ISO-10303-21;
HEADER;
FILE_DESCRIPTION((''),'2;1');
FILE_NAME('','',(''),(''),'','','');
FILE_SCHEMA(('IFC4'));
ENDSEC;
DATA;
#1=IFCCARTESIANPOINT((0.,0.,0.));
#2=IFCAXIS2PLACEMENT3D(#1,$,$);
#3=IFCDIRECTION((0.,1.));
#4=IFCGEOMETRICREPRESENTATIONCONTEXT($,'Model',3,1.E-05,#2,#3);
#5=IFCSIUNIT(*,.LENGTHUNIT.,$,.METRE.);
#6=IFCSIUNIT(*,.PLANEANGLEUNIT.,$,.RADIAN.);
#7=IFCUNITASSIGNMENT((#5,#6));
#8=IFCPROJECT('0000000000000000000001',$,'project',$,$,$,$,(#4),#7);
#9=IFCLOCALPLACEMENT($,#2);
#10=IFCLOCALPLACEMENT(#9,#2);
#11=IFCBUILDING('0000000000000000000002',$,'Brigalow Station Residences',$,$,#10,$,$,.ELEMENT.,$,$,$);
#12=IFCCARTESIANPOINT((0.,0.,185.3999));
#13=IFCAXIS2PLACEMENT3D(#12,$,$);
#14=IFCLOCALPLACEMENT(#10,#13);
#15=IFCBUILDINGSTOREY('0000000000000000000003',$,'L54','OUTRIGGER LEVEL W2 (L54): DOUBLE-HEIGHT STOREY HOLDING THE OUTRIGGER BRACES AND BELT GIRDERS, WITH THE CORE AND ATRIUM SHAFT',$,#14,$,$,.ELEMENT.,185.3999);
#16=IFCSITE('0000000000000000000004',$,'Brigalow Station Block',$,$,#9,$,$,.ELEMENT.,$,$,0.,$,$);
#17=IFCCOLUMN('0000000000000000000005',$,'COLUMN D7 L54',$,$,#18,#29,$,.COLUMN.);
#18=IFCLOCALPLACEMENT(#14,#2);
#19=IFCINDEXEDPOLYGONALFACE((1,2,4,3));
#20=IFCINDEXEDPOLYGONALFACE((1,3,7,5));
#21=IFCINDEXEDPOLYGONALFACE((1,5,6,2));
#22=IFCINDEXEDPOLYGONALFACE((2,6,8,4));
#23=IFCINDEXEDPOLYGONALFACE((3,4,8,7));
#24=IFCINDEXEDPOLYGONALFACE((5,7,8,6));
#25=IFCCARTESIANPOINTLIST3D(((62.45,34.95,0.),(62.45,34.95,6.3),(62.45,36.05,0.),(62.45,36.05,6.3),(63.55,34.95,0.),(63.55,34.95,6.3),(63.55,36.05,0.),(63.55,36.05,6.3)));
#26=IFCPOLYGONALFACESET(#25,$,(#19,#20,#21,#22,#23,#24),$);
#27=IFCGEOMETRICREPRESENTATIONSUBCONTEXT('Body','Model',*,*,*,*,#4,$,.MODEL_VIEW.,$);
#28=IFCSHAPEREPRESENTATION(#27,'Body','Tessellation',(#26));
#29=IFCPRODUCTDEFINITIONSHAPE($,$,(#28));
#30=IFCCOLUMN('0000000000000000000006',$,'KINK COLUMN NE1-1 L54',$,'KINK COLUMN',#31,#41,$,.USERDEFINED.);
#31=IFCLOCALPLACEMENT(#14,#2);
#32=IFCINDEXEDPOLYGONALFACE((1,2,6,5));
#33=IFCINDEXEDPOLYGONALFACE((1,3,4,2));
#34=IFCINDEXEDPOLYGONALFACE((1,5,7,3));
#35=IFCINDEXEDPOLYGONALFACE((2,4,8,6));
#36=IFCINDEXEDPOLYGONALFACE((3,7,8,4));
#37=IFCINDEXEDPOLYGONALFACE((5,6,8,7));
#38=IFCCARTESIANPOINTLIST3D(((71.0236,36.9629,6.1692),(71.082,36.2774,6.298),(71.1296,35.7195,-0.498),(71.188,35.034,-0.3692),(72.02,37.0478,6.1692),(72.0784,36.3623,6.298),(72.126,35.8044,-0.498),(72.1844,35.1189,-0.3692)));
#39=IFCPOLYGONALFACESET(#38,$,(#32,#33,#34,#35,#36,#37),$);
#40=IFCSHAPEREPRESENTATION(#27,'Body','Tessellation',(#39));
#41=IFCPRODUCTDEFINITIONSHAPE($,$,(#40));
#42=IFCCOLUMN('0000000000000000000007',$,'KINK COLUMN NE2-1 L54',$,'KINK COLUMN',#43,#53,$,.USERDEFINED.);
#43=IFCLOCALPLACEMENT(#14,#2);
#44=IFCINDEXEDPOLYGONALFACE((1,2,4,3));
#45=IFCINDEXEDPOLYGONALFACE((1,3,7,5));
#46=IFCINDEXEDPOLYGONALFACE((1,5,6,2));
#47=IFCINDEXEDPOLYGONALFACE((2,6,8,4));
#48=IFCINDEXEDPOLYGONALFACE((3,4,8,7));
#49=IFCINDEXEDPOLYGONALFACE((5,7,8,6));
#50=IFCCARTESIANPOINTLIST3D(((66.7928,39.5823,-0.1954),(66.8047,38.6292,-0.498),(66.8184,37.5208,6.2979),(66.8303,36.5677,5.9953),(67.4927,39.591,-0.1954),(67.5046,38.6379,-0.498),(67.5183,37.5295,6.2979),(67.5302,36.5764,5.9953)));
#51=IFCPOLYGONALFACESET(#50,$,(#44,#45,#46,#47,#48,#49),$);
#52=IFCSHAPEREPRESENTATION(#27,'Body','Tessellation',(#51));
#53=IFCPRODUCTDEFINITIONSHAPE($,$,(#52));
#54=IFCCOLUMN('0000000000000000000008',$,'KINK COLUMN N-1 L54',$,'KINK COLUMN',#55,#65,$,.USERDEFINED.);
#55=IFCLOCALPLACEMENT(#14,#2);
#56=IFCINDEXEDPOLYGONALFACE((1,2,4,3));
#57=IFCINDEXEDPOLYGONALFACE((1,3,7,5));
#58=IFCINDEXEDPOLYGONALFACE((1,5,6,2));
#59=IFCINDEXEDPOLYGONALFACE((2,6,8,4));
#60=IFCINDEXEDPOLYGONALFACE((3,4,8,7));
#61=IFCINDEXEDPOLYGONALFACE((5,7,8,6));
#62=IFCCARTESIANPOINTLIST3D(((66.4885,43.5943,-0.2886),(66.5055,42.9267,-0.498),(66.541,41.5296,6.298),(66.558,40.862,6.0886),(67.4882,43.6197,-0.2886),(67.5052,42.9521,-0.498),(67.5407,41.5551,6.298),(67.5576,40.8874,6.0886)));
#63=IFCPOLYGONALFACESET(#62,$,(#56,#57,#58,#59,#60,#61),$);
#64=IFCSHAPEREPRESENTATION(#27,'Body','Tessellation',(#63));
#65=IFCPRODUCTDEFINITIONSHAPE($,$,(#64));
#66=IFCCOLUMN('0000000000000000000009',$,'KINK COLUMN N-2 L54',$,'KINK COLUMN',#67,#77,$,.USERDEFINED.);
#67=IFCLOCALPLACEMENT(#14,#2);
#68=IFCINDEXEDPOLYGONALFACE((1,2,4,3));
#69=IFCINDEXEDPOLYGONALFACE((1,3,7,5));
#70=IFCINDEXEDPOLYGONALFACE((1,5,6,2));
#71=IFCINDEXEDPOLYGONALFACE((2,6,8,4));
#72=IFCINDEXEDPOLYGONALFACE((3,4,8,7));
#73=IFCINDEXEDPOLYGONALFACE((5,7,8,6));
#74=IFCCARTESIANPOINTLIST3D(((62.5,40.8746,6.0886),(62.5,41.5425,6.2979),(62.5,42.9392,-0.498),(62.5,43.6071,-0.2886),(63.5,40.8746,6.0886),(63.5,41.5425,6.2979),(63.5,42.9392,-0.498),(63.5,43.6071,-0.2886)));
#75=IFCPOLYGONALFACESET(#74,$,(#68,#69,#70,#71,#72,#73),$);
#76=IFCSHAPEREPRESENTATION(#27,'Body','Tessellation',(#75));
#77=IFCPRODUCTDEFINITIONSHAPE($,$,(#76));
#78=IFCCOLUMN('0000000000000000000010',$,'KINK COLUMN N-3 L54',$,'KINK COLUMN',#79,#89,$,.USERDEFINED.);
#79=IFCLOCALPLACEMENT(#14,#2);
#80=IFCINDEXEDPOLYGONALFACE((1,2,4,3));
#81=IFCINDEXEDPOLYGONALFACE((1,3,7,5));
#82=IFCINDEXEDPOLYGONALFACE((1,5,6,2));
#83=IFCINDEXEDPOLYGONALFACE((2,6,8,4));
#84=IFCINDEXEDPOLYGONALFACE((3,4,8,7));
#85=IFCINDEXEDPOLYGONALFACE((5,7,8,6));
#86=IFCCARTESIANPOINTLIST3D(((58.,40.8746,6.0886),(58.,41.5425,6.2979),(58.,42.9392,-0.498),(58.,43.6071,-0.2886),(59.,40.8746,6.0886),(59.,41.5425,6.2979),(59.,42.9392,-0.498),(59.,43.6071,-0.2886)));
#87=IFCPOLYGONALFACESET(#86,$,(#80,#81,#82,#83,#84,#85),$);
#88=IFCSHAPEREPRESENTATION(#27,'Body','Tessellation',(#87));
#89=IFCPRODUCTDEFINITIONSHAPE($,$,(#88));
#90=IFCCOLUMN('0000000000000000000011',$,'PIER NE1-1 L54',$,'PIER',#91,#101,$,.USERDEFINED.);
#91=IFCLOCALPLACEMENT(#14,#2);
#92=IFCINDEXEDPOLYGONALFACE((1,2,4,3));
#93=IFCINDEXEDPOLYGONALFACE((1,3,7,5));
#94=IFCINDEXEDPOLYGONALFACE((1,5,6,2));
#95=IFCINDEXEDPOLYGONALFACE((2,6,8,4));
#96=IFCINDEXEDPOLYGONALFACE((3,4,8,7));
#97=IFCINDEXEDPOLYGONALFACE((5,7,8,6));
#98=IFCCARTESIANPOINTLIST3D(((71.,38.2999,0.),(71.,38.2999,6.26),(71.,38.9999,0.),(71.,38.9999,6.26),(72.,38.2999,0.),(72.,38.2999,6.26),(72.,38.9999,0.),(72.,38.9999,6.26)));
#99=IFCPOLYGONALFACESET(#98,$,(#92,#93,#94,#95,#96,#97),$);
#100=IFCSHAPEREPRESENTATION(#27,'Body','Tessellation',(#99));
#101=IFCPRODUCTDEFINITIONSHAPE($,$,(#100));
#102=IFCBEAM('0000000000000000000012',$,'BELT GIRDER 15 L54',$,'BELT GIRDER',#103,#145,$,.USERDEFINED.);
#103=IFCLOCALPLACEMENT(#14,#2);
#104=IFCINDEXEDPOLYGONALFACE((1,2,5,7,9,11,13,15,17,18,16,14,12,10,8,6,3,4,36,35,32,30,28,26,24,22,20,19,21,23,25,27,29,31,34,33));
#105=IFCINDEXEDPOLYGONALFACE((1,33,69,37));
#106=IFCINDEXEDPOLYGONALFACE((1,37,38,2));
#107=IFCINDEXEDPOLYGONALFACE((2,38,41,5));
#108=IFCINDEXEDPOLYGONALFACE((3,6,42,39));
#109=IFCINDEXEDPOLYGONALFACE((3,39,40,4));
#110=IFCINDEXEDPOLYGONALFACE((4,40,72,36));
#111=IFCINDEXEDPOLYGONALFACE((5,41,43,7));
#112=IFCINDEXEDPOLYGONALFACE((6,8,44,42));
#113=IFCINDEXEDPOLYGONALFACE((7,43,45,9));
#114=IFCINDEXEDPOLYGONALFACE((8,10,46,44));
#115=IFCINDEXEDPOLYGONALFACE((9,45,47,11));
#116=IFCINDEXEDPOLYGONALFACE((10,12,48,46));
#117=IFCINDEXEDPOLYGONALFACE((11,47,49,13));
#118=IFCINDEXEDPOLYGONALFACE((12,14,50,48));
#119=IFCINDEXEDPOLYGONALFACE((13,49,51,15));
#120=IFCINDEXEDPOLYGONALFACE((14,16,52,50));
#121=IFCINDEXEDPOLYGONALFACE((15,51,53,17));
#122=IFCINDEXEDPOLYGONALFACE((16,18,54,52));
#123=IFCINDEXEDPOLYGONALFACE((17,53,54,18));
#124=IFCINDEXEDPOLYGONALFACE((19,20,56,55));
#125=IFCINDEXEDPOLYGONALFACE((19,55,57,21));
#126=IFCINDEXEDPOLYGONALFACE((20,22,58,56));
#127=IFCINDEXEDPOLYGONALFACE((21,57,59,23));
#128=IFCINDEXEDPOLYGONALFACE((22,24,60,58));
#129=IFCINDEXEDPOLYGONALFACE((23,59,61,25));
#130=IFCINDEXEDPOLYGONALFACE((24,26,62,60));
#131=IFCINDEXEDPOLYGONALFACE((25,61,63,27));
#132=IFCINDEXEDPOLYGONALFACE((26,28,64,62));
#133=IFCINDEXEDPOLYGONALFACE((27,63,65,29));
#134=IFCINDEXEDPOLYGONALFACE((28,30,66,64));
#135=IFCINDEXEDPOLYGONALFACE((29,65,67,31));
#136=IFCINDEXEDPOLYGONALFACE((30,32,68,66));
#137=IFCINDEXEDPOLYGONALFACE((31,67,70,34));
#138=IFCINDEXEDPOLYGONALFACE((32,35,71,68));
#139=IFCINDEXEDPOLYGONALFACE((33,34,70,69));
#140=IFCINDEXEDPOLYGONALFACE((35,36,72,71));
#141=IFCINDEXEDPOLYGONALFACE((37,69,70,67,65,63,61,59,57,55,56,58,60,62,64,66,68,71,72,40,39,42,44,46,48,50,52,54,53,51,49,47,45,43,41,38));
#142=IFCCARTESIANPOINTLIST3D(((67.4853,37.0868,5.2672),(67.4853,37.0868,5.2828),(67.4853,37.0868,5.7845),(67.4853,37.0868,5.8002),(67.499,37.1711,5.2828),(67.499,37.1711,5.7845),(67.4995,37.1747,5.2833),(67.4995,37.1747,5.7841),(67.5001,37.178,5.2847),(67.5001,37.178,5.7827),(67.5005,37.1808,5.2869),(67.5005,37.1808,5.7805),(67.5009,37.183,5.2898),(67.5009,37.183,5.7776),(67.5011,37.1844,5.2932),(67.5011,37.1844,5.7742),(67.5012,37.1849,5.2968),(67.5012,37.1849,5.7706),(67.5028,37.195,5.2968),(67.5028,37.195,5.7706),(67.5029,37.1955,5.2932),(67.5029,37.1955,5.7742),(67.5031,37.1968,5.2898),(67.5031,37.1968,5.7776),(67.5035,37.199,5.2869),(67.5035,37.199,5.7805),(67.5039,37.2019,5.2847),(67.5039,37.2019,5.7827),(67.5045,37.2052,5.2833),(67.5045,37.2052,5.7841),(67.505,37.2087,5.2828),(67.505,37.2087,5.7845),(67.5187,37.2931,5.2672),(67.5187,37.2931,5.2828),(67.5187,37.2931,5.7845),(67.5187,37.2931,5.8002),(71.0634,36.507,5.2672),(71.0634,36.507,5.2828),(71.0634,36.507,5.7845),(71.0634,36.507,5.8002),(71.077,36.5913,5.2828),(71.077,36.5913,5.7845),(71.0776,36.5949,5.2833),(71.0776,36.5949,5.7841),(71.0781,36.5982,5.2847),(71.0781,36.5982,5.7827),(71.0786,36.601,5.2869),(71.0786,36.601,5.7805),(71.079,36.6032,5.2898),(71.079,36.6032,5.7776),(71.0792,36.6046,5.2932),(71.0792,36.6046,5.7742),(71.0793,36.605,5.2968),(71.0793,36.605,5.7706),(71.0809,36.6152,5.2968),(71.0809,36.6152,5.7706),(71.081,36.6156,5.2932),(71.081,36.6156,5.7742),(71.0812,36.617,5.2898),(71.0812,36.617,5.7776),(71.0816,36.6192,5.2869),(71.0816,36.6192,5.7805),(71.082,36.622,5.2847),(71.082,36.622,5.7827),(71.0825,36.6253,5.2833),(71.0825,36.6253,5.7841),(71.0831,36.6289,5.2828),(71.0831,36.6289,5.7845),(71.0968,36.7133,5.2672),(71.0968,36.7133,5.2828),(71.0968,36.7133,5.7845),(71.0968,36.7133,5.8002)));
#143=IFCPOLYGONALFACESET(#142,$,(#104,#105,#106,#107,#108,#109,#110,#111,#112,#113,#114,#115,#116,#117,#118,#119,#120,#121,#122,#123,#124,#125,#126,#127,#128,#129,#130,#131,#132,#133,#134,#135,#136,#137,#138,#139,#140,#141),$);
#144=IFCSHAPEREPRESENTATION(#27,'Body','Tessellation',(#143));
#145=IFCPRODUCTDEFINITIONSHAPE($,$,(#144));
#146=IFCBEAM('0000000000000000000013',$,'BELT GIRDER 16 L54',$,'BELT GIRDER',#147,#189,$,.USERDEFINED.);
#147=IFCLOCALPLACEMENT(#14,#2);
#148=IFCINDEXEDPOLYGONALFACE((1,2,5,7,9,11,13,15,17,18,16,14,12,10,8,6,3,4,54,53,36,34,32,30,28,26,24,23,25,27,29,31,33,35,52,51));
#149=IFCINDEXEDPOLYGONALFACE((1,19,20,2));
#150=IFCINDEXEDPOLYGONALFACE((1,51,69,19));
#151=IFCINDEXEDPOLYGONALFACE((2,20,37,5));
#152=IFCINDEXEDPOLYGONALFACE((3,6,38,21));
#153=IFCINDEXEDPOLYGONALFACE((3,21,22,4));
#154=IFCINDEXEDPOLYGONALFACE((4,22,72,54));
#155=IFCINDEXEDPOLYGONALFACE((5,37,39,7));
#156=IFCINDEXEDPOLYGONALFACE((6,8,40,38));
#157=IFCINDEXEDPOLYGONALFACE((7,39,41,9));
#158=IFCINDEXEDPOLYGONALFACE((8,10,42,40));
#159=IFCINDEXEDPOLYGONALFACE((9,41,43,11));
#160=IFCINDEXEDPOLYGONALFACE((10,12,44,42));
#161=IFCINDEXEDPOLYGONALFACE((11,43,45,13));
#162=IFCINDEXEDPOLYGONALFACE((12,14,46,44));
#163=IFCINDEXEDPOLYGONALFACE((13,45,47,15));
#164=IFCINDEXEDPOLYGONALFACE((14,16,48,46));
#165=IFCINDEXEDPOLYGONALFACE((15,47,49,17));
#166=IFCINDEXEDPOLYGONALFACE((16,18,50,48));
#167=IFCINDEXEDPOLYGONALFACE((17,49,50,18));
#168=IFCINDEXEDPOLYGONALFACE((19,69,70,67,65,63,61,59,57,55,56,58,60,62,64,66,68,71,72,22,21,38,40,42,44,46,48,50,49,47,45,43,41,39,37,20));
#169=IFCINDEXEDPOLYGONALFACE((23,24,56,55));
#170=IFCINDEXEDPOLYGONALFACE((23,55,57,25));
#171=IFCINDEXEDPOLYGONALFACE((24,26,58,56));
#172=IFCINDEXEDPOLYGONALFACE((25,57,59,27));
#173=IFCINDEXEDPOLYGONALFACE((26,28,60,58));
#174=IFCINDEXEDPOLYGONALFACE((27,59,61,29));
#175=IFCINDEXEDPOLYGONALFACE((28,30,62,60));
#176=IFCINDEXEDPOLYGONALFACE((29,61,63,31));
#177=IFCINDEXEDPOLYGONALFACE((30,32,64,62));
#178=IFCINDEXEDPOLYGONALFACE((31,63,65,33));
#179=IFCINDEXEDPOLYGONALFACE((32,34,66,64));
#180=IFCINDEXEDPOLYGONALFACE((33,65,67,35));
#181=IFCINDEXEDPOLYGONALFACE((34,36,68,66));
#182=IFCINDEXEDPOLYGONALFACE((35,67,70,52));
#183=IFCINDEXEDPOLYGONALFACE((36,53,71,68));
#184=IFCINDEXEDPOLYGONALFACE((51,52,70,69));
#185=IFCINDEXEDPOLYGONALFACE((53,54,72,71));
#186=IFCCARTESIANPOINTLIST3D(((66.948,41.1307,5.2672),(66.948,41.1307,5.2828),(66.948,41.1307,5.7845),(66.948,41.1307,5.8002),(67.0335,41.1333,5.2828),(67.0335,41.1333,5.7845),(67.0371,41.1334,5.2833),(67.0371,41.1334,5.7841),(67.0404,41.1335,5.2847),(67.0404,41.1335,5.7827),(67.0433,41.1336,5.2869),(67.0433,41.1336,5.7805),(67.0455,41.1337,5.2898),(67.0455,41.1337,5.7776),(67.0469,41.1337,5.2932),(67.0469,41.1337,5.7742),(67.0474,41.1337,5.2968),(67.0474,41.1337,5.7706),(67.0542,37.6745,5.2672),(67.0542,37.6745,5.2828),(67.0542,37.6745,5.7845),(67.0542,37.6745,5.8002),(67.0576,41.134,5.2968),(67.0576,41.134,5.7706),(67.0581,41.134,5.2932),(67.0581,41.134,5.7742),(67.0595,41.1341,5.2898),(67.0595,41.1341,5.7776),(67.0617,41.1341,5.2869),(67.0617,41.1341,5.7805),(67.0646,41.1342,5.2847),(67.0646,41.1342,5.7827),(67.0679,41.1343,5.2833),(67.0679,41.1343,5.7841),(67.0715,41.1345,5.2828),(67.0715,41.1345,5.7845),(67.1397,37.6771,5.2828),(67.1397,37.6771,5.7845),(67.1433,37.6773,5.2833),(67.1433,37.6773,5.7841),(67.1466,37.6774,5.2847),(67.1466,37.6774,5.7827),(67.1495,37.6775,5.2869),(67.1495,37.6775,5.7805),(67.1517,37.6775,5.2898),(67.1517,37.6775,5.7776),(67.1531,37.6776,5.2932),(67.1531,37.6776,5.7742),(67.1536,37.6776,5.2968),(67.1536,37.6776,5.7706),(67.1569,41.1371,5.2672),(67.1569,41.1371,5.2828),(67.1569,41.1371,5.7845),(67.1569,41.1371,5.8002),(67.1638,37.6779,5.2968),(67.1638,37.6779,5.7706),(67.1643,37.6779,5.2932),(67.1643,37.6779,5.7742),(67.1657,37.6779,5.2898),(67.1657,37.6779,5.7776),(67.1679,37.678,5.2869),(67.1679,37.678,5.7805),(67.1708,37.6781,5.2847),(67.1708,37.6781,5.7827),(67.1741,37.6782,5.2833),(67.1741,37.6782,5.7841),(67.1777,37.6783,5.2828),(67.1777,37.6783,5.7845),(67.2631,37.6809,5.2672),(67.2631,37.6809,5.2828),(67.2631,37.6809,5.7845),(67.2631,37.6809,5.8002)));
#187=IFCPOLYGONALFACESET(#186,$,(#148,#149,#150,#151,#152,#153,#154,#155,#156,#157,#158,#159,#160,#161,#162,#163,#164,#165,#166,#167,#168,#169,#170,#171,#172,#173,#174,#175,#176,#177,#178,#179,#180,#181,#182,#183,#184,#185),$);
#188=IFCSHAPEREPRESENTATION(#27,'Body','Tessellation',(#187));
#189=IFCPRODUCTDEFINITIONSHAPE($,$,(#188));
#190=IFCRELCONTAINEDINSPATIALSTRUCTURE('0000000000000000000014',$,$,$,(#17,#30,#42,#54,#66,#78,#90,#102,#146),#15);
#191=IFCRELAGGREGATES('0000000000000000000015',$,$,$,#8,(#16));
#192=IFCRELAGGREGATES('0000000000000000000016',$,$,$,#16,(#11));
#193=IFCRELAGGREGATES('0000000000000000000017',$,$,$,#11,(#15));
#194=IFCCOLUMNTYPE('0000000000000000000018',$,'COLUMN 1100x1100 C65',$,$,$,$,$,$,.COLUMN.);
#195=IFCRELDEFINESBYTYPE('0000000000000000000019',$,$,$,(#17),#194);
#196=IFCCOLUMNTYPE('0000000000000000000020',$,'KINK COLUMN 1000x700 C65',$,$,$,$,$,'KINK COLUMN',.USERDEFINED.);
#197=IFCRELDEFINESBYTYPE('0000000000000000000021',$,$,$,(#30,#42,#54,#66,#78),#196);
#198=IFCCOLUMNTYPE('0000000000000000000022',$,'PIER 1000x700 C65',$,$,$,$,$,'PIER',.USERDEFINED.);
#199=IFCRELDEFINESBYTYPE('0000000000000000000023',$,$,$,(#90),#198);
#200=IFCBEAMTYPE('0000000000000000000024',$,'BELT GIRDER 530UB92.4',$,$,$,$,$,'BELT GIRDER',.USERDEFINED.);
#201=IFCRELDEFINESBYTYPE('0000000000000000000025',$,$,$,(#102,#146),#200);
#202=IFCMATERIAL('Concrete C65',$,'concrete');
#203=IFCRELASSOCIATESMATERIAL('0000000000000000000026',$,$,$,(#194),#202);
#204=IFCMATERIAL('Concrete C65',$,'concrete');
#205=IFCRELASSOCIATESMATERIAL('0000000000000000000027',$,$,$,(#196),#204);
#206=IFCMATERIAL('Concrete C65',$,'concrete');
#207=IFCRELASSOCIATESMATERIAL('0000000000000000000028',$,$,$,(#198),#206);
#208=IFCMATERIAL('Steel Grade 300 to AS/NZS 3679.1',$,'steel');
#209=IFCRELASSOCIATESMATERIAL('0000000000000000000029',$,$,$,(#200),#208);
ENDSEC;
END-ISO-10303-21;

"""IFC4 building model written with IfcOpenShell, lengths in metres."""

from ifc_helpers import new_model, si_unit, direction, frame, origin, origin_2d, place, context, subcontext, project, spatial, rectangle, i_section, extrude, material, material_profile, profile_set, type_object, element, save


model = new_model("IFC4")

# Units and contexts
model_context = context("Model", 3, precision=1e-05, world=origin(), true_north=direction((0.0, 1.0)))
body_context = subcontext(model_context, "Body", "Model", "MODEL_VIEW")
ifc_project = project(units=[si_unit("LENGTHUNIT", "METRE"), si_unit("PLANEANGLEUNIT", "RADIAN")], contexts=[model_context])

# Site, building, storey
site_placement = place(None, origin())
site = spatial("IfcSite", under=ifc_project, at=site_placement, Name="Brigalow Station Block", CompositionType="ELEMENT", RefElevation=0.0)
building_placement = place(site_placement, origin())
building = spatial("IfcBuilding", under=site, at=building_placement, Name="Brigalow Station Residences", CompositionType="ELEMENT")
storey_placement = place(building_placement, frame((0.0, 0.0, 185.3999)))
storey = spatial("IfcBuildingStorey", under=building, at=storey_placement, Name="L54", Description="OUTRIGGER LEVEL W2 (L54): DOUBLE-HEIGHT STOREY HOLDING THE OUTRIGGER BRACES AND BELT GIRDERS, WITH THE CORE AND ATRIUM SHAFT", CompositionType="ELEMENT", Elevation=185.3999)

# Columns
ifc_material_1 = material(Name="Concrete C65", Category="concrete")
ifc_material_profile_1 = material_profile(ifc_material_1, rectangle(XDim=1.1001, YDim=1.1001, at=origin_2d()), Name="RC1100x1100")
ifc_profile_set_1 = profile_set([ifc_material_profile_1], Name="Concrete C65")
column_type_1 = type_object("IfcColumnType", Name="COLUMN 1100x1100 C65", PredefinedType="COLUMN", material=ifc_profile_set_1)
column_1_placement = place(storey_placement, frame((63.0, 35.5, 0.0), z_axis=(0.0, 0.0, 1.0), x_axis=(1.0, 0.0, 0.0)))
element("IfcColumn", 1, at=column_1_placement, inside=storey, type_object=column_type_1, Name="COLUMN D7 L54", PredefinedType="COLUMN", context=body_context, shape_type="SweptSolid", body=[
    extrude(rectangle(XDim=1.1001, YDim=1.1001, at=origin_2d()), origin(), (0.0, 0.0, 1.0), 6.3),
])
ifc_material_2 = material(Name="Concrete C65", Category="concrete")
ifc_material_profile_2 = material_profile(ifc_material_2, rectangle(XDim=1.0, YDim=0.7, at=origin_2d()), Name="RC1000x700")
ifc_profile_set_2 = profile_set([ifc_material_profile_2], Name="Concrete C65")
column_type_2 = type_object("IfcColumnType", Name="KINK COLUMN 1000x700 C65", ElementType="KINK COLUMN", PredefinedType="USERDEFINED", material=ifc_profile_set_2)
column_2_placement = place(storey_placement, frame((71.657, 35.4192, -0.4336), z_axis=(-0.015621, 0.183312, 0.982931), x_axis=(-0.996389, -0.084907, 0.0)))
element("IfcColumn", 2, at=column_2_placement, inside=storey, type_object=column_type_2, Name="KINK COLUMN NE1-1 L54", ObjectType="KINK COLUMN", PredefinedType="USERDEFINED", context=body_context, shape_type="SweptSolid", body=[
    extrude(rectangle(XDim=1.0, YDim=0.7, at=origin_2d()), origin(), (0.0, 0.0, 1.0), 6.783),
])
column_3_placement = place(storey_placement, frame((67.1487, 39.1101, -0.3467), z_axis=(0.003763, -0.302594, 0.953112), x_axis=(-0.011851, 0.953039, 0.302617)))
element("IfcColumn", 3, at=column_3_placement, inside=storey, type_object=column_type_2, Name="KINK COLUMN NE2-1 L54", ObjectType="KINK COLUMN", PredefinedType="USERDEFINED", context=body_context, shape_type="SweptSolid", body=[
    extrude(rectangle(XDim=1.0, YDim=0.7, at=origin_2d()), origin(), (0.0, 0.0, 1.0), 6.8127),
])
column_4_placement = place(storey_placement, frame((66.9968, 43.2732, -0.3933), z_axis=(0.007604, -0.299106, 0.95419), x_axis=(0.999677, 0.025415, 0.0)))
element("IfcColumn", 4, at=column_4_placement, inside=storey, type_object=column_type_2, Name="KINK COLUMN N-1 L54", ObjectType="KINK COLUMN", PredefinedType="USERDEFINED", context=body_context, shape_type="SweptSolid", body=[
    extrude(rectangle(XDim=1.0, YDim=0.7, at=origin_2d()), origin(), (0.0, 0.0, 1.0), 6.9028),
])
for number, where, z_axis, x_axis, name in (
    (5, (63.0, 43.2732, -0.3933), (0.0, -0.299115, 0.954217), (1.0, 0.0, 0.0), "KINK COLUMN N-2 L54"),
    (6, (58.5, 43.2732, -0.3933), (0.0, -0.299115, 0.954217), (1.0, 0.0, 0.0), "KINK COLUMN N-3 L54"),
):
    element("IfcColumn", number, at=place(storey_placement, frame(where, z_axis=z_axis, x_axis=x_axis)), inside=storey, type_object=column_type_2, Name=name, ObjectType="KINK COLUMN", PredefinedType="USERDEFINED", context=body_context, shape_type="SweptSolid", body=[
        extrude(rectangle(XDim=1.0, YDim=0.7, at=origin_2d()), origin(), (0.0, 0.0, 1.0), 6.9026),
    ])
ifc_material_3 = material(Name="Concrete C65", Category="concrete")
ifc_material_profile_3 = material_profile(ifc_material_3, rectangle(XDim=1.0, YDim=0.7, at=origin_2d()), Name="RC1000x700")
ifc_profile_set_3 = profile_set([ifc_material_profile_3], Name="Concrete C65")
column_type_3 = type_object("IfcColumnType", Name="PIER 1000x700 C65", ElementType="PIER", PredefinedType="USERDEFINED", material=ifc_profile_set_3)
column_5_placement = place(storey_placement, frame((71.5, 38.6499, 0.0), z_axis=(0.0, 0.0, 1.0), x_axis=(-1.0, 0.0, 0.0)))
element("IfcColumn", 7, at=column_5_placement, inside=storey, type_object=column_type_3, Name="PIER NE1-1 L54", ObjectType="PIER", PredefinedType="USERDEFINED", context=body_context, shape_type="SweptSolid", body=[
    extrude(rectangle(XDim=1.0, YDim=0.7, at=origin_2d()), origin(), (0.0, 0.0, 1.0), 6.26),
])

# Beams
ifc_material_4 = material(Name="Steel Grade 300 to AS/NZS 3679.1", Category="steel")
ifc_material_profile_4 = material_profile(ifc_material_4, i_section(OverallWidth=0.209, OverallDepth=0.533, WebThickness=0.0103, FlangeThickness=0.0156, FilletRadius=0.0139, at=origin_2d()), Name="530UB92.4")
ifc_profile_set_4 = profile_set([ifc_material_profile_4], Name="Steel Grade 300 to AS/NZS 3679.1")
beam_type = type_object("IfcBeamType", Name="BELT GIRDER 530UB92.4", ElementType="BELT GIRDER", PredefinedType="USERDEFINED", material=ifc_profile_set_4)
beam_1_placement = place(storey_placement, frame((71.0801, 36.6101, 5.5337), z_axis=(-0.987123, 0.159963, 0.0), x_axis=(-0.159963, -0.987123, 0.0)))
element("IfcBeam", 8, at=beam_1_placement, inside=storey, type_object=beam_type, Name="BELT GIRDER 15 L54", ObjectType="BELT GIRDER", PredefinedType="USERDEFINED", context=body_context, shape_type="SweptSolid", body=[
    extrude(i_section(OverallWidth=0.209, OverallDepth=0.533, WebThickness=0.0103, FlangeThickness=0.0156, FilletRadius=0.0139, at=origin_2d()), origin(), (0.0, 0.0, 1.0), 3.6248),
])
beam_2_placement = place(storey_placement, frame((67.1587, 37.6777, 5.5337), z_axis=(-0.030715, 0.999528, 0.0), x_axis=(-0.999528, -0.030715, 0.0)))
element("IfcBeam", 9, at=beam_2_placement, inside=storey, type_object=beam_type, Name="BELT GIRDER 16 L54", ObjectType="BELT GIRDER", PredefinedType="USERDEFINED", context=body_context, shape_type="SweptSolid", body=[
    extrude(i_section(OverallWidth=0.209, OverallDepth=0.533, WebThickness=0.0103, FlangeThickness=0.0156, FilletRadius=0.0139, at=origin_2d()), origin(), (0.0, 0.0, 1.0), 3.4578),
])

save(model, "model.ifc")
